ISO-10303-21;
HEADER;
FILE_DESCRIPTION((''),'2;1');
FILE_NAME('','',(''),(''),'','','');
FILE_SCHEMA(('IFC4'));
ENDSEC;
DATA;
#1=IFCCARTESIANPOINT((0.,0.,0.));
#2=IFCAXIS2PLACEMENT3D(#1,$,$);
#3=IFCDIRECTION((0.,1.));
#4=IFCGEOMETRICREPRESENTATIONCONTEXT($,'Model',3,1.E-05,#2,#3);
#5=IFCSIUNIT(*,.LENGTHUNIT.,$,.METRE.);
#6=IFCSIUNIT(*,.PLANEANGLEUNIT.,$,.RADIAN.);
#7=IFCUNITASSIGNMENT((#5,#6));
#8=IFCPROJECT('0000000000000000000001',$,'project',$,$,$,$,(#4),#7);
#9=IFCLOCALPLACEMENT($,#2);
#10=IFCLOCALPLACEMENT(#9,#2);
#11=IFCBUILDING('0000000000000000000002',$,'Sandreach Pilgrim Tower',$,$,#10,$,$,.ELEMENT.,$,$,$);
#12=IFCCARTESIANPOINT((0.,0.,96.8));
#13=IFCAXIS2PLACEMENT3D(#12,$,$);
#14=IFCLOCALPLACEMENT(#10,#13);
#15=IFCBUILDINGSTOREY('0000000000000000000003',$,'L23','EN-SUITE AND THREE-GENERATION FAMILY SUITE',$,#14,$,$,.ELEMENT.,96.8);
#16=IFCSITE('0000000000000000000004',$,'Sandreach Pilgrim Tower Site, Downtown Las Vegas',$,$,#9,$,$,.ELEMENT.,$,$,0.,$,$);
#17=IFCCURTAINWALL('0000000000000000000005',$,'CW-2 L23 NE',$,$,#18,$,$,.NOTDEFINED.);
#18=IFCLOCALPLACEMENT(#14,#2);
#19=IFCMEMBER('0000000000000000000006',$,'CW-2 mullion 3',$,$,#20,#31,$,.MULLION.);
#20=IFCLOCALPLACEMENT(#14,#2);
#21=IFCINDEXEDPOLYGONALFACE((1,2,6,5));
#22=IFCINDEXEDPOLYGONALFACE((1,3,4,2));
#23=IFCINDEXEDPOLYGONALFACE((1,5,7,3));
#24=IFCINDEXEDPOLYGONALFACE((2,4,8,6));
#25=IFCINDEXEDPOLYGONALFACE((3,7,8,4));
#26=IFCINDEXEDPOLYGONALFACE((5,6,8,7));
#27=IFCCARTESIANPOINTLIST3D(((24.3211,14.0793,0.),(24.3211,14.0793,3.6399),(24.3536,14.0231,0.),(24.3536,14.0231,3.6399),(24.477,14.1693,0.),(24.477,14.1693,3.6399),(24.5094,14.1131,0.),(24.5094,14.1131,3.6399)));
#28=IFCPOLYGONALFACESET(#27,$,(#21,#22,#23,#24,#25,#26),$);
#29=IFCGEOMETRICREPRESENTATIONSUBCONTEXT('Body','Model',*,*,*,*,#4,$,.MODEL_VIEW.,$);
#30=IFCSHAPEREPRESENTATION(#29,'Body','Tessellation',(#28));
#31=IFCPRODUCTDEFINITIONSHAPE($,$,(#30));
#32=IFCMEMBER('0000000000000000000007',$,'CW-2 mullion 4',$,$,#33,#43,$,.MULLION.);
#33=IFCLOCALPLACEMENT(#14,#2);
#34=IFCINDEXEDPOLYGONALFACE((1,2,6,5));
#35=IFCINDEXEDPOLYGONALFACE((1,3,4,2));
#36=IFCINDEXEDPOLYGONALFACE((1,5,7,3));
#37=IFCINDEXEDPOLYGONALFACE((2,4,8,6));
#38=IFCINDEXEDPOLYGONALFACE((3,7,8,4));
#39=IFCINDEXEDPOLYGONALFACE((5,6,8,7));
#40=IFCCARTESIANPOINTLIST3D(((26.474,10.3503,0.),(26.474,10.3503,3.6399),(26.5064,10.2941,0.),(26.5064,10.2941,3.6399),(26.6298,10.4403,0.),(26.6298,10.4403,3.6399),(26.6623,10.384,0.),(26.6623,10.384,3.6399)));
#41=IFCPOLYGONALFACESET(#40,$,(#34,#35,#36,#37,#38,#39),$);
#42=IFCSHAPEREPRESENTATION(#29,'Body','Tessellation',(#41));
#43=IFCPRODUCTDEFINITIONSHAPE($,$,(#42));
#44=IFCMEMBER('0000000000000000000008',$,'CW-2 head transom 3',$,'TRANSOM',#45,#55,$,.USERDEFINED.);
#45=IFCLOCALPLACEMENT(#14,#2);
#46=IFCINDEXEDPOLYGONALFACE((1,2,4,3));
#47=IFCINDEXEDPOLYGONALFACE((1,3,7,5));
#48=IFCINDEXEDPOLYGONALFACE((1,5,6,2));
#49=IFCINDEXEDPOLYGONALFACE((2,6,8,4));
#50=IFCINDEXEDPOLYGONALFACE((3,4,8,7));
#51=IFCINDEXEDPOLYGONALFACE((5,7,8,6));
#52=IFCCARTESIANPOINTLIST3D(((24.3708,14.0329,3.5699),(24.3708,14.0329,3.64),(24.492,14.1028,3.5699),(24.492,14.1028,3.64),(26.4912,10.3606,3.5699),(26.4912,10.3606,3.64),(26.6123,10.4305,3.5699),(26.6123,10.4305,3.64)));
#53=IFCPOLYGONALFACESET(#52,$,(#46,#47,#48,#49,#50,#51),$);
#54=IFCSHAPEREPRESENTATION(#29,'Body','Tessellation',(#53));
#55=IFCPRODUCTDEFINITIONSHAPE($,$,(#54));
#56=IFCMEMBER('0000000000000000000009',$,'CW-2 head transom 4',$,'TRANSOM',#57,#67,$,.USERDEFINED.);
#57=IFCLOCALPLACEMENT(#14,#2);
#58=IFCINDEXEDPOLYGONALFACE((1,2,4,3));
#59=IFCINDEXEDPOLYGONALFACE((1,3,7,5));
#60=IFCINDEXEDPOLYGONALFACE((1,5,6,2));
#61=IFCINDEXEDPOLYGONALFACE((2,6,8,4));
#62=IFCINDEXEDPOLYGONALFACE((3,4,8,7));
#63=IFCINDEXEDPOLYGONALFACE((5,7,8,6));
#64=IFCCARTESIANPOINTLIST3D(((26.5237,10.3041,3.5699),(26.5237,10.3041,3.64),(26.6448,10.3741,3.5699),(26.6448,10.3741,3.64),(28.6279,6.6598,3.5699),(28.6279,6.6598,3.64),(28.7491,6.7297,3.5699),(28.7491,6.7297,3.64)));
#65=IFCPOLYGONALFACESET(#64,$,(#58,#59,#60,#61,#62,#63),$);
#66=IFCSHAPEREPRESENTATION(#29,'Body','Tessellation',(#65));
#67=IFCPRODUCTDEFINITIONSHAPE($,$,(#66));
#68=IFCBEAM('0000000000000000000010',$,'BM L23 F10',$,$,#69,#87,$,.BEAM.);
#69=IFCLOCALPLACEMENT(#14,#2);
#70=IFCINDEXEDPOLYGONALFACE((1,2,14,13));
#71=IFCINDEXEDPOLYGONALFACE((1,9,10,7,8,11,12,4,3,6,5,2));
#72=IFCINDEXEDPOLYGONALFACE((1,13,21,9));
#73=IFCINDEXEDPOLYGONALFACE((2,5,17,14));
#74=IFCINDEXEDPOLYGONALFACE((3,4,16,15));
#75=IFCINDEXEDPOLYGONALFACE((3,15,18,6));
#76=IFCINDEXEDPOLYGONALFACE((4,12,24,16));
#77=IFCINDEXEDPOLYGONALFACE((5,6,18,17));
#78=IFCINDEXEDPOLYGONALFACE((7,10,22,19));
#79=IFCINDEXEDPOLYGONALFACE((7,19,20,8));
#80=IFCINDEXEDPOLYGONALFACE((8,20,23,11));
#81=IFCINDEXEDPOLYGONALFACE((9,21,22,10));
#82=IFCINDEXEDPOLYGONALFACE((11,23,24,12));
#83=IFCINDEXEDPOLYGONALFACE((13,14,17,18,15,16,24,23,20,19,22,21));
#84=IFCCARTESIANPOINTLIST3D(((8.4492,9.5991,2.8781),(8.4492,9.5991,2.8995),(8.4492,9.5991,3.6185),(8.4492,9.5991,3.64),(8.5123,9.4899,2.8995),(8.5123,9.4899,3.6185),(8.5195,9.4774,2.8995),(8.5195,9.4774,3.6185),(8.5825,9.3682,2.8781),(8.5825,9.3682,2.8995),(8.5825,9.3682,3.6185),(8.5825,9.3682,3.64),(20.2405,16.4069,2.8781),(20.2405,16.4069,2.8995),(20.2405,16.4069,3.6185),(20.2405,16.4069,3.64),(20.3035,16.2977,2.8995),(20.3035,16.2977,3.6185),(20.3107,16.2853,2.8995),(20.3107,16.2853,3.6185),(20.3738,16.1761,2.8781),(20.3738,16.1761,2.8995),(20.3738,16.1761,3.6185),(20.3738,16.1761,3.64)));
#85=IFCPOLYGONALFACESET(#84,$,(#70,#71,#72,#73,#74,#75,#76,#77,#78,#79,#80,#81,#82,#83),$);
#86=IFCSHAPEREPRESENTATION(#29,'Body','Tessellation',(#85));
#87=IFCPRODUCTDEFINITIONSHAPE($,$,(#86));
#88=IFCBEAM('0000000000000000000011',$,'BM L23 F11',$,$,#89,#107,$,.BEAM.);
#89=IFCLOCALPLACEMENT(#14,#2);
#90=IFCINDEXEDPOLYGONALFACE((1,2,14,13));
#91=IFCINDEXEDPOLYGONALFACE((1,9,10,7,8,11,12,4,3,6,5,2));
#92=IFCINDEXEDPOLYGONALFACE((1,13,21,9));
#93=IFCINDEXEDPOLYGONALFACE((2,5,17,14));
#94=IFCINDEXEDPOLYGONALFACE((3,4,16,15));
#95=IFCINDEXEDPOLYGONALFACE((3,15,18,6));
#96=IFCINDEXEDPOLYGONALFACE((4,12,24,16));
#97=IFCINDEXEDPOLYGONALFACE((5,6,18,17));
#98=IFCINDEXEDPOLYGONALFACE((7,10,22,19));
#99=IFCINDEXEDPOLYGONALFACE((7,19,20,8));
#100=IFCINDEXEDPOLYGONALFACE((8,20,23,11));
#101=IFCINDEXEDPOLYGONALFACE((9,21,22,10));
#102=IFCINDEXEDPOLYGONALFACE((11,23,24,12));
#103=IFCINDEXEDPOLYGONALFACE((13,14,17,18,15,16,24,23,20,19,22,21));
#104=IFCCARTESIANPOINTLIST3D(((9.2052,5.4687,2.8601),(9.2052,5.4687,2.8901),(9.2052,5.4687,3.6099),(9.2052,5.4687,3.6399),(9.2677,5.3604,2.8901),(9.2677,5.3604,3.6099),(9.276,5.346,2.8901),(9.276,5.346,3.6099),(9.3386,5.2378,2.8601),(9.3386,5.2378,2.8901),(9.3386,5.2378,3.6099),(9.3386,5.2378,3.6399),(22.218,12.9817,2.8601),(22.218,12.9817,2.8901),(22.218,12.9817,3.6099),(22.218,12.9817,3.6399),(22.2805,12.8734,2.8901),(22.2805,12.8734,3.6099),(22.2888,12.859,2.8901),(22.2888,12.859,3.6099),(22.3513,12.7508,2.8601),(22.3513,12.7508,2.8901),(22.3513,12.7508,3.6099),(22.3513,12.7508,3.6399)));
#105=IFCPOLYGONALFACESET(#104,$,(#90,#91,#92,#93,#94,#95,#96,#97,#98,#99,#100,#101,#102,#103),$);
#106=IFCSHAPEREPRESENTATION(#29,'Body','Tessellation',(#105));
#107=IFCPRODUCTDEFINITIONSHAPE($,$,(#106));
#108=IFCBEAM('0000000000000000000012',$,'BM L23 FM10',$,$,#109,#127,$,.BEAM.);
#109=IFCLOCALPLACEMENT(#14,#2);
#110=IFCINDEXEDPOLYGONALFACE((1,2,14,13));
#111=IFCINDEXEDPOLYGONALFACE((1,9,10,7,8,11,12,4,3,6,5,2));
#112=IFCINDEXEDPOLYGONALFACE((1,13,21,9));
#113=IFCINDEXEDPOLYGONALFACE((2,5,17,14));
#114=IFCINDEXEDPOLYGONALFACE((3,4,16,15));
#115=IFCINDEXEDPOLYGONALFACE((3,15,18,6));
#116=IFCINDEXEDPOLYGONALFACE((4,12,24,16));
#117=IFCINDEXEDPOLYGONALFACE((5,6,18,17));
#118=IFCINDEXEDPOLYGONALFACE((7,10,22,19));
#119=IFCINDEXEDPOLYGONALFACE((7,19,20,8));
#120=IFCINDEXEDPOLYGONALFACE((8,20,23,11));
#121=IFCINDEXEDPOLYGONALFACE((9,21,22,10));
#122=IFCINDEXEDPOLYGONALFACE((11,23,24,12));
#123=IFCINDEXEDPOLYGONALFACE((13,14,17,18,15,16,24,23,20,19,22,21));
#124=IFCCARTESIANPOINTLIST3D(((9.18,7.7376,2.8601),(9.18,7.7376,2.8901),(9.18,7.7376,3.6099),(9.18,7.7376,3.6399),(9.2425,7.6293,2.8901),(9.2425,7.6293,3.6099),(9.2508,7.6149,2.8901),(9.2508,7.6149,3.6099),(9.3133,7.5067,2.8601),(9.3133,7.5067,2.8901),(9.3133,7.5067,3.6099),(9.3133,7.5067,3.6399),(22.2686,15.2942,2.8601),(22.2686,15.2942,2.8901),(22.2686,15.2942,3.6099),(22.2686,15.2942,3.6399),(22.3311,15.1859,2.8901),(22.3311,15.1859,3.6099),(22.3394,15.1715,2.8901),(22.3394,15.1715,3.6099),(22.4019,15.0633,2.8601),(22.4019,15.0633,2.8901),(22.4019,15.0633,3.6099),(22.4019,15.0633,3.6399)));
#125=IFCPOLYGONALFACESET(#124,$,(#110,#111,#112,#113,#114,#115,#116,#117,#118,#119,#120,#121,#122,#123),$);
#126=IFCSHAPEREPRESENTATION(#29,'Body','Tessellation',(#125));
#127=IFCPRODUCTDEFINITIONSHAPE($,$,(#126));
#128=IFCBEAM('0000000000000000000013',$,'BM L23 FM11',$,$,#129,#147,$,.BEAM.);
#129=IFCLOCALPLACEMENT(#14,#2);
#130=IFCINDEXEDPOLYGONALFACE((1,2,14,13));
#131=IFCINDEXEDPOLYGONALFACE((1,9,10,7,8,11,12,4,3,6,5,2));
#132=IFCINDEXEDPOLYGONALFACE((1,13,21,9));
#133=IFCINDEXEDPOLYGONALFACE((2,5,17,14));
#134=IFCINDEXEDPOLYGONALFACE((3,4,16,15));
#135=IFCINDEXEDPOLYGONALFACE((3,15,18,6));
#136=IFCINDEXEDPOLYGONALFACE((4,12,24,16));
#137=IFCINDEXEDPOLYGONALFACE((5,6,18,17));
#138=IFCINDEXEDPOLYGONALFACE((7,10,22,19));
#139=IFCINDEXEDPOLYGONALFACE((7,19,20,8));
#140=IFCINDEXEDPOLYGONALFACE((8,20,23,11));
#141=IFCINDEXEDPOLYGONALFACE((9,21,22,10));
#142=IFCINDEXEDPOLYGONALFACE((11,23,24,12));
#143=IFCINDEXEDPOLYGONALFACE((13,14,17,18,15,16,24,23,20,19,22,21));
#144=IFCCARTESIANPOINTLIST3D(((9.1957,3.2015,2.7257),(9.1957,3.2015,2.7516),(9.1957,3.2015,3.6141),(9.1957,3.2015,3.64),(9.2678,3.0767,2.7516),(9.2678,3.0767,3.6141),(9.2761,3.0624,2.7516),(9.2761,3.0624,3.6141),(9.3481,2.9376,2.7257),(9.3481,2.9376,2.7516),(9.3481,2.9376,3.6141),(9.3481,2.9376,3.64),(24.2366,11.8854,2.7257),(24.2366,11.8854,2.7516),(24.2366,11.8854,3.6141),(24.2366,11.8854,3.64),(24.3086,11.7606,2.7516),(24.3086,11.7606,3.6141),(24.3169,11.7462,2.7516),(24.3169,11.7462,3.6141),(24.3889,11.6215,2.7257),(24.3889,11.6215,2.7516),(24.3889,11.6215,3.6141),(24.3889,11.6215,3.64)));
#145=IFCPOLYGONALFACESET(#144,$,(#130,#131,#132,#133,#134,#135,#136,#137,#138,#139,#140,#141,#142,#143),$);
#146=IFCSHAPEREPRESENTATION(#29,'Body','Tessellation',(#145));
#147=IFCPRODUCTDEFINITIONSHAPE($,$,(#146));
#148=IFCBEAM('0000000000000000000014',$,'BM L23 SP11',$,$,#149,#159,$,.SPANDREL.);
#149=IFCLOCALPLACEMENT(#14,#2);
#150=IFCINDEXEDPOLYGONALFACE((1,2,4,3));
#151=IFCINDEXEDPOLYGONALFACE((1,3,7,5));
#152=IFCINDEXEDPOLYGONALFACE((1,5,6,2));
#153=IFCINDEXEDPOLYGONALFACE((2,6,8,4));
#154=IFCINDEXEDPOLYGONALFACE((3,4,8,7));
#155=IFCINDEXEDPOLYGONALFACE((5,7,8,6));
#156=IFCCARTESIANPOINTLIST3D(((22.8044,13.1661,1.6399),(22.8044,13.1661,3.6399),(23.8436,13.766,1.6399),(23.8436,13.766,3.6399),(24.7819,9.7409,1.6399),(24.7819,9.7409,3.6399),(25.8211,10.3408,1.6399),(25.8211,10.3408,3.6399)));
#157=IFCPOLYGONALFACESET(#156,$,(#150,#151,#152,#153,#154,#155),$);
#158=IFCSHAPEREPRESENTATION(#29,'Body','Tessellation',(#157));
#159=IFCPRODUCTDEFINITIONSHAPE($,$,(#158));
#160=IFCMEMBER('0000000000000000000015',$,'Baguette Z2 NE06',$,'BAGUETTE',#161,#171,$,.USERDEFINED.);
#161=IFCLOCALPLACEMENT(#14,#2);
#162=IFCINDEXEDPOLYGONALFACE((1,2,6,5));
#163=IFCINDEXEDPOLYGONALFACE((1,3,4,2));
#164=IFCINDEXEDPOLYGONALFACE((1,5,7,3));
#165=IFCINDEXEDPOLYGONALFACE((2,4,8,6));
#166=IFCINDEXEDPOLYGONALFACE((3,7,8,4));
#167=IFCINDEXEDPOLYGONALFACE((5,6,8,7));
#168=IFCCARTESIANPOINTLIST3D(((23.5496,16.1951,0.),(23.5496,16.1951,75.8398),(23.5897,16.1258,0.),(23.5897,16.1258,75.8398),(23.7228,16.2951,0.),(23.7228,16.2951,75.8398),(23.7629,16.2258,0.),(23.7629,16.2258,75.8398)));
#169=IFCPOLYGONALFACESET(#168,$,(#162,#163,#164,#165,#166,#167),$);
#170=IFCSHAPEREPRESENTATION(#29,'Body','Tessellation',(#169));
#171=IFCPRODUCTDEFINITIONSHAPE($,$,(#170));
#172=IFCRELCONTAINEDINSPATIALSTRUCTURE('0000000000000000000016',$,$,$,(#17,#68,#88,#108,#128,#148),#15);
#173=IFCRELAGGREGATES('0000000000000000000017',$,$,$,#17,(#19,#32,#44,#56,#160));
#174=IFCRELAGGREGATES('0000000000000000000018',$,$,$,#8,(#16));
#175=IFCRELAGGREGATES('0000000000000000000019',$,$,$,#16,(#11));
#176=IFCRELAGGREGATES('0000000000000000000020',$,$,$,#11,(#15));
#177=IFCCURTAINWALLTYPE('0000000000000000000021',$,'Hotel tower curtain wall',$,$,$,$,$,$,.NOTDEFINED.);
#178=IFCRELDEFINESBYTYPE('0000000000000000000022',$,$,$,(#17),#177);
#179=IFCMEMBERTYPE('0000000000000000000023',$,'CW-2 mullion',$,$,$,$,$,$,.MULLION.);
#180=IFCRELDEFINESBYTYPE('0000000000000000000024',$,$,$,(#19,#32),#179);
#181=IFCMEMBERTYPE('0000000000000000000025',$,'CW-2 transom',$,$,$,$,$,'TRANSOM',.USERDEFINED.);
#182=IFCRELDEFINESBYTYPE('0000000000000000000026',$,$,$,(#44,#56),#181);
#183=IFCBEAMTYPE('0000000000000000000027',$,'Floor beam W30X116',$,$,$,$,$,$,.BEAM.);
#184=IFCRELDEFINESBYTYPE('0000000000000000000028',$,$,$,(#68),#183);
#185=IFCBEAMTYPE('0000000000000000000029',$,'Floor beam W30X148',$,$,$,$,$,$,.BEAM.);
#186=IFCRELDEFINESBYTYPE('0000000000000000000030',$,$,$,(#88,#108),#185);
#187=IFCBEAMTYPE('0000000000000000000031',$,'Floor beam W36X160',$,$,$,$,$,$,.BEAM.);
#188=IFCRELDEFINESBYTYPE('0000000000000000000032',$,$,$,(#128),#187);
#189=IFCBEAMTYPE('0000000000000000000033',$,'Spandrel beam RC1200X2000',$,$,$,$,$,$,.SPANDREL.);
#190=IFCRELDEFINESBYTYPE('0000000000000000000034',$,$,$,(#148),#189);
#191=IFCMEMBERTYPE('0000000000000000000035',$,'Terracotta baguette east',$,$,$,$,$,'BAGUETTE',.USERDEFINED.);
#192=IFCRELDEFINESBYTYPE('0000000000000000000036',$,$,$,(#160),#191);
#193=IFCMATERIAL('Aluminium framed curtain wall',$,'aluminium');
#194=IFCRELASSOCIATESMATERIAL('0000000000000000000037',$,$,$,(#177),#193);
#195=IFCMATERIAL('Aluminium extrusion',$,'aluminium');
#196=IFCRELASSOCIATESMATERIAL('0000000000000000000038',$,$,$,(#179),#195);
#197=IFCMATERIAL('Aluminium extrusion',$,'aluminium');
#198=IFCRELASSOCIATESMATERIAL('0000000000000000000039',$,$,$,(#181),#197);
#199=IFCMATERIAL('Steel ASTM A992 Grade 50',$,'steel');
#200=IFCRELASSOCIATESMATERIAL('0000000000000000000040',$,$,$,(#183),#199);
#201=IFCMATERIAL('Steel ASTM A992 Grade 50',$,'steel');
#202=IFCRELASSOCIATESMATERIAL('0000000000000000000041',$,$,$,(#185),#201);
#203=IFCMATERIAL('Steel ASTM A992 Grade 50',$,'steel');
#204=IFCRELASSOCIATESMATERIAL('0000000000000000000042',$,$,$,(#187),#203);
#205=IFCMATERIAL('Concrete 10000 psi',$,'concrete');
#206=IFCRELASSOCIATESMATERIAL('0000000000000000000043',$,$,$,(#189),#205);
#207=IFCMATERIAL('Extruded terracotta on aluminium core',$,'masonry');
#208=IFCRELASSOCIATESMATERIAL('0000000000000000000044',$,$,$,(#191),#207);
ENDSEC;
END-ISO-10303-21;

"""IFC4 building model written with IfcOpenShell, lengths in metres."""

from ifc_helpers import new_model, si_unit, direction, frame, origin, origin_2d, place, context, subcontext, project, spatial, rectangle, i_section, extrude, material, material_profile, profile_set, type_object, element, aggregate, save


model = new_model("IFC4")

# Units and contexts
model_context = context("Model", 3, precision=1e-05, world=origin(), true_north=direction((0.0, 1.0)))
body_context = subcontext(model_context, "Body", "Model", "MODEL_VIEW")
ifc_project = project(units=[si_unit("LENGTHUNIT", "METRE"), si_unit("PLANEANGLEUNIT", "RADIAN")], contexts=[model_context])

# Site, building, storey
site_placement = place(None, origin())
site = spatial("IfcSite", under=ifc_project, at=site_placement, Name="Sandreach Pilgrim Tower Site, Downtown Las Vegas", CompositionType="ELEMENT", RefElevation=0.0)
building_placement = place(site_placement, origin())
building = spatial("IfcBuilding", under=site, at=building_placement, Name="Sandreach Pilgrim Tower", CompositionType="ELEMENT")
storey_placement = place(building_placement, frame((0.0, 0.0, 96.8)))
storey = spatial("IfcBuildingStorey", under=building, at=storey_placement, Name="L23", Description="EN-SUITE AND THREE-GENERATION FAMILY SUITE", CompositionType="ELEMENT", Elevation=96.8)

# Curtain wall, members
ifc_material_1 = material(Name="Aluminium framed curtain wall", Category="aluminium")
curtain_wall_type = type_object("IfcCurtainWallType", Name="Hotel tower curtain wall", PredefinedType="NOTDEFINED", material=ifc_material_1)
curtain_wall_placement = place(storey_placement, origin())
curtain_wall = element("IfcCurtainWall", 1, at=curtain_wall_placement, inside=storey, type_object=curtain_wall_type, Name="CW-2 L23 NE", PredefinedType="NOTDEFINED")
ifc_material_2 = material(Name="Aluminium extrusion", Category="aluminium")
ifc_material_profile_1 = material_profile(ifc_material_2, rectangle(XDim=0.0649, YDim=0.1799, at=origin_2d()), Name="CW-2M 65X180")
ifc_profile_set_1 = profile_set([ifc_material_profile_1], Name="Aluminium extrusion")
member_type_1 = type_object("IfcMemberType", Name="CW-2 mullion", PredefinedType="MULLION", material=ifc_profile_set_1)
member_1_placement = place(storey_placement, frame((24.4153, 14.0962, 0.0), z_axis=(0.0, 0.0, 1.0), x_axis=(0.5, -0.866025, 0.0)))
member_1 = element("IfcMember", 2, at=member_1_placement, type_object=member_type_1, Name="CW-2 mullion 3", PredefinedType="MULLION", context=body_context, shape_type="SweptSolid", body=[
    extrude(rectangle(XDim=0.0649, YDim=0.1799, at=origin_2d()), origin(), (0.0, 0.0, 1.0), 3.6399),
])
member_2_placement = place(storey_placement, frame((26.5681, 10.3672, 0.0), z_axis=(0.0, 0.0, 1.0), x_axis=(0.5, -0.866025, 0.0)))
member_2 = element("IfcMember", 3, at=member_2_placement, type_object=member_type_1, Name="CW-2 mullion 4", PredefinedType="MULLION", context=body_context, shape_type="SweptSolid", body=[
    extrude(rectangle(XDim=0.0649, YDim=0.1799, at=origin_2d()), origin(), (0.0, 0.0, 1.0), 3.6399),
])
ifc_material_3 = material(Name="Aluminium extrusion", Category="aluminium")
ifc_material_profile_2 = material_profile(ifc_material_3, rectangle(XDim=0.1399, YDim=0.0701, at=origin_2d()), Name="CW-2T 140X70")
ifc_profile_set_2 = profile_set([ifc_material_profile_2], Name="Aluminium extrusion")
member_type_2 = type_object("IfcMemberType", Name="CW-2 transom", ElementType="TRANSOM", PredefinedType="USERDEFINED", material=ifc_profile_set_2)
member_3_placement = place(storey_placement, frame((24.4314, 14.0679, 3.605), z_axis=(0.500021, -0.866013, 0.0), x_axis=(0.866013, 0.500021, 0.0)))
member_3 = element("IfcMember", 4, at=member_3_placement, type_object=member_type_2, Name="CW-2 head transom 3", ObjectType="TRANSOM", PredefinedType="USERDEFINED", context=body_context, shape_type="SweptSolid", body=[
    extrude(rectangle(XDim=0.1399, YDim=0.0701, at=origin_2d()), origin(), (0.0, 0.0, 1.0), 4.2405),
])
member_4_placement = place(storey_placement, frame((26.5842, 10.3391, 3.605), z_axis=(0.500039, -0.866003, 0.0), x_axis=(0.866003, 0.500039, 0.0)))
member_4 = element("IfcMember", 5, at=member_4_placement, type_object=member_type_2, Name="CW-2 head transom 4", ObjectType="TRANSOM", PredefinedType="USERDEFINED", context=body_context, shape_type="SweptSolid", body=[
    extrude(rectangle(XDim=0.1399, YDim=0.0701, at=origin_2d()), origin(), (0.0, 0.0, 1.0), 4.2083),
])

# Beams
ifc_material_4 = material(Name="Steel ASTM A992 Grade 50", Category="steel")
ifc_material_profile_3 = material_profile(ifc_material_4, i_section(OverallWidth=0.2666, OverallDepth=0.762, WebThickness=0.0144, FlangeThickness=0.0215, at=origin_2d()), Name="W30X116")
ifc_profile_set_3 = profile_set([ifc_material_profile_3], Name="Steel ASTM A992 Grade 50")
beam_type_1 = type_object("IfcBeamType", Name="Floor beam W30X116", PredefinedType="BEAM", material=ifc_profile_set_3)
beam_1_placement = place(storey_placement, frame((20.3071, 16.2915, 3.259), z_axis=(-0.86602, -0.50001, 0.0), x_axis=(0.50001, -0.86602, 0.0)))
element("IfcBeam", 6, at=beam_1_placement, inside=storey, type_object=beam_type_1, Name="BM L23 F10", PredefinedType="BEAM", context=body_context, shape_type="SweptSolid", body=[
    extrude(i_section(OverallWidth=0.2666, OverallDepth=0.762, WebThickness=0.0144, FlangeThickness=0.0215, at=origin_2d()), origin(), (0.0, 0.0, 1.0), 13.6155),
])
ifc_material_5 = material(Name="Steel ASTM A992 Grade 50", Category="steel")
ifc_material_profile_4 = material_profile(ifc_material_5, i_section(OverallWidth=0.2666, OverallDepth=0.7798, WebThickness=0.0166, FlangeThickness=0.03, at=origin_2d()), Name="W30X148")
ifc_profile_set_4 = profile_set([ifc_material_profile_4], Name="Steel ASTM A992 Grade 50")
beam_type_2 = type_object("IfcBeamType", Name="Floor beam W30X148", PredefinedType="BEAM", material=ifc_profile_set_4)
beam_2_placement = place(storey_placement, frame((22.2847, 12.8662, 3.25), z_axis=(-0.866024, -0.500003, 0.0), x_axis=(0.500003, -0.866024, 0.0)))
element("IfcBeam", 7, at=beam_2_placement, inside=storey, type_object=beam_type_2, Name="BM L23 F11", PredefinedType="BEAM", context=body_context, shape_type="SweptSolid", body=[
    extrude(i_section(OverallWidth=0.2666, OverallDepth=0.7798, WebThickness=0.0166, FlangeThickness=0.03, at=origin_2d()), origin(), (0.0, 0.0, 1.0), 15.0259),
])
beam_3_placement = place(storey_placement, frame((22.3352, 15.1787, 3.25), z_axis=(-0.866028, -0.499996, 0.0), x_axis=(0.499996, -0.866028, 0.0)))
element("IfcBeam", 8, at=beam_3_placement, inside=storey, type_object=beam_type_2, Name="BM L23 FM10", PredefinedType="BEAM", context=body_context, shape_type="SweptSolid", body=[
    extrude(i_section(OverallWidth=0.2666, OverallDepth=0.7798, WebThickness=0.0166, FlangeThickness=0.03, at=origin_2d()), origin(), (0.0, 0.0, 1.0), 15.1133),
])
ifc_material_6 = material(Name="Steel ASTM A992 Grade 50", Category="steel")
ifc_material_profile_5 = material_profile(ifc_material_6, i_section(OverallWidth=0.3047, OverallDepth=0.9143, WebThickness=0.0166, FlangeThickness=0.0259, at=origin_2d()), Name="W36X160")
ifc_profile_set_5 = profile_set([ifc_material_profile_5], Name="Steel ASTM A992 Grade 50")
beam_type_3 = type_object("IfcBeamType", Name="Floor beam W36X160", PredefinedType="BEAM", material=ifc_profile_set_5)
beam_4_placement = place(storey_placement, frame((24.3127, 11.7534, 3.1829), z_axis=(-0.866024, -0.500002, 0.0), x_axis=(0.500002, -0.866024, 0.0)))
element("IfcBeam", 9, at=beam_4_placement, inside=storey, type_object=beam_type_3, Name="BM L23 FM11", PredefinedType="BEAM", context=body_context, shape_type="SweptSolid", body=[
    extrude(i_section(OverallWidth=0.3047, OverallDepth=0.9143, WebThickness=0.0166, FlangeThickness=0.0259, at=origin_2d()), origin(), (0.0, 0.0, 1.0), 17.3677),
])
ifc_material_7 = material(Name="Concrete 10000 psi", Category="concrete")
ifc_material_profile_6 = material_profile(ifc_material_7, rectangle(XDim=1.2, YDim=2.0, at=origin_2d()), Name="RC1200X2000")
ifc_profile_set_6 = profile_set([ifc_material_profile_6], Name="Concrete 10000 psi")
beam_type_4 = type_object("IfcBeamType", Name="Spandrel beam RC1200X2000", PredefinedType="SPANDREL", material=ifc_profile_set_6)
beam_5_placement = place(storey_placement, frame((23.324, 13.4661, 2.6399), z_axis=(0.49999, -0.866031, 0.0), x_axis=(0.866031, 0.49999, 0.0)))
element("IfcBeam", 10, at=beam_5_placement, inside=storey, type_object=beam_type_4, Name="BM L23 SP11", PredefinedType="SPANDREL", context=body_context, shape_type="SweptSolid", body=[
    extrude(rectangle(XDim=1.2, YDim=2.0, at=origin_2d()), origin(), (0.0, 0.0, 1.0), 3.9551),
])

# Member
ifc_material_8 = material(Name="Extruded terracotta on aluminium core", Category="masonry")
ifc_material_profile_7 = material_profile(ifc_material_8, rectangle(XDim=0.0801, YDim=0.2, at=origin_2d()), Name="TBE 80X200")
ifc_profile_set_7 = profile_set([ifc_material_profile_7], Name="Extruded terracotta on aluminium core")
member_type_3 = type_object("IfcMemberType", Name="Terracotta baguette east", ElementType="BAGUETTE", PredefinedType="USERDEFINED", material=ifc_profile_set_7)
member_5_placement = place(storey_placement, frame((23.6562, 16.2104, 0.0), z_axis=(0.0, 0.0, 1.0), x_axis=(0.5, -0.866025, 0.0)))
member_5 = element("IfcMember", 11, at=member_5_placement, type_object=member_type_3, Name="Baguette Z2 NE06", ObjectType="BAGUETTE", PredefinedType="USERDEFINED", context=body_context, shape_type="SweptSolid", body=[
    extrude(rectangle(XDim=0.0801, YDim=0.2, at=origin_2d()), origin(), (0.0, 0.0, 1.0), 75.8398),
])

aggregate(curtain_wall, [member_1, member_2, member_3, member_4, member_5])

save(model, "model.ifc")
